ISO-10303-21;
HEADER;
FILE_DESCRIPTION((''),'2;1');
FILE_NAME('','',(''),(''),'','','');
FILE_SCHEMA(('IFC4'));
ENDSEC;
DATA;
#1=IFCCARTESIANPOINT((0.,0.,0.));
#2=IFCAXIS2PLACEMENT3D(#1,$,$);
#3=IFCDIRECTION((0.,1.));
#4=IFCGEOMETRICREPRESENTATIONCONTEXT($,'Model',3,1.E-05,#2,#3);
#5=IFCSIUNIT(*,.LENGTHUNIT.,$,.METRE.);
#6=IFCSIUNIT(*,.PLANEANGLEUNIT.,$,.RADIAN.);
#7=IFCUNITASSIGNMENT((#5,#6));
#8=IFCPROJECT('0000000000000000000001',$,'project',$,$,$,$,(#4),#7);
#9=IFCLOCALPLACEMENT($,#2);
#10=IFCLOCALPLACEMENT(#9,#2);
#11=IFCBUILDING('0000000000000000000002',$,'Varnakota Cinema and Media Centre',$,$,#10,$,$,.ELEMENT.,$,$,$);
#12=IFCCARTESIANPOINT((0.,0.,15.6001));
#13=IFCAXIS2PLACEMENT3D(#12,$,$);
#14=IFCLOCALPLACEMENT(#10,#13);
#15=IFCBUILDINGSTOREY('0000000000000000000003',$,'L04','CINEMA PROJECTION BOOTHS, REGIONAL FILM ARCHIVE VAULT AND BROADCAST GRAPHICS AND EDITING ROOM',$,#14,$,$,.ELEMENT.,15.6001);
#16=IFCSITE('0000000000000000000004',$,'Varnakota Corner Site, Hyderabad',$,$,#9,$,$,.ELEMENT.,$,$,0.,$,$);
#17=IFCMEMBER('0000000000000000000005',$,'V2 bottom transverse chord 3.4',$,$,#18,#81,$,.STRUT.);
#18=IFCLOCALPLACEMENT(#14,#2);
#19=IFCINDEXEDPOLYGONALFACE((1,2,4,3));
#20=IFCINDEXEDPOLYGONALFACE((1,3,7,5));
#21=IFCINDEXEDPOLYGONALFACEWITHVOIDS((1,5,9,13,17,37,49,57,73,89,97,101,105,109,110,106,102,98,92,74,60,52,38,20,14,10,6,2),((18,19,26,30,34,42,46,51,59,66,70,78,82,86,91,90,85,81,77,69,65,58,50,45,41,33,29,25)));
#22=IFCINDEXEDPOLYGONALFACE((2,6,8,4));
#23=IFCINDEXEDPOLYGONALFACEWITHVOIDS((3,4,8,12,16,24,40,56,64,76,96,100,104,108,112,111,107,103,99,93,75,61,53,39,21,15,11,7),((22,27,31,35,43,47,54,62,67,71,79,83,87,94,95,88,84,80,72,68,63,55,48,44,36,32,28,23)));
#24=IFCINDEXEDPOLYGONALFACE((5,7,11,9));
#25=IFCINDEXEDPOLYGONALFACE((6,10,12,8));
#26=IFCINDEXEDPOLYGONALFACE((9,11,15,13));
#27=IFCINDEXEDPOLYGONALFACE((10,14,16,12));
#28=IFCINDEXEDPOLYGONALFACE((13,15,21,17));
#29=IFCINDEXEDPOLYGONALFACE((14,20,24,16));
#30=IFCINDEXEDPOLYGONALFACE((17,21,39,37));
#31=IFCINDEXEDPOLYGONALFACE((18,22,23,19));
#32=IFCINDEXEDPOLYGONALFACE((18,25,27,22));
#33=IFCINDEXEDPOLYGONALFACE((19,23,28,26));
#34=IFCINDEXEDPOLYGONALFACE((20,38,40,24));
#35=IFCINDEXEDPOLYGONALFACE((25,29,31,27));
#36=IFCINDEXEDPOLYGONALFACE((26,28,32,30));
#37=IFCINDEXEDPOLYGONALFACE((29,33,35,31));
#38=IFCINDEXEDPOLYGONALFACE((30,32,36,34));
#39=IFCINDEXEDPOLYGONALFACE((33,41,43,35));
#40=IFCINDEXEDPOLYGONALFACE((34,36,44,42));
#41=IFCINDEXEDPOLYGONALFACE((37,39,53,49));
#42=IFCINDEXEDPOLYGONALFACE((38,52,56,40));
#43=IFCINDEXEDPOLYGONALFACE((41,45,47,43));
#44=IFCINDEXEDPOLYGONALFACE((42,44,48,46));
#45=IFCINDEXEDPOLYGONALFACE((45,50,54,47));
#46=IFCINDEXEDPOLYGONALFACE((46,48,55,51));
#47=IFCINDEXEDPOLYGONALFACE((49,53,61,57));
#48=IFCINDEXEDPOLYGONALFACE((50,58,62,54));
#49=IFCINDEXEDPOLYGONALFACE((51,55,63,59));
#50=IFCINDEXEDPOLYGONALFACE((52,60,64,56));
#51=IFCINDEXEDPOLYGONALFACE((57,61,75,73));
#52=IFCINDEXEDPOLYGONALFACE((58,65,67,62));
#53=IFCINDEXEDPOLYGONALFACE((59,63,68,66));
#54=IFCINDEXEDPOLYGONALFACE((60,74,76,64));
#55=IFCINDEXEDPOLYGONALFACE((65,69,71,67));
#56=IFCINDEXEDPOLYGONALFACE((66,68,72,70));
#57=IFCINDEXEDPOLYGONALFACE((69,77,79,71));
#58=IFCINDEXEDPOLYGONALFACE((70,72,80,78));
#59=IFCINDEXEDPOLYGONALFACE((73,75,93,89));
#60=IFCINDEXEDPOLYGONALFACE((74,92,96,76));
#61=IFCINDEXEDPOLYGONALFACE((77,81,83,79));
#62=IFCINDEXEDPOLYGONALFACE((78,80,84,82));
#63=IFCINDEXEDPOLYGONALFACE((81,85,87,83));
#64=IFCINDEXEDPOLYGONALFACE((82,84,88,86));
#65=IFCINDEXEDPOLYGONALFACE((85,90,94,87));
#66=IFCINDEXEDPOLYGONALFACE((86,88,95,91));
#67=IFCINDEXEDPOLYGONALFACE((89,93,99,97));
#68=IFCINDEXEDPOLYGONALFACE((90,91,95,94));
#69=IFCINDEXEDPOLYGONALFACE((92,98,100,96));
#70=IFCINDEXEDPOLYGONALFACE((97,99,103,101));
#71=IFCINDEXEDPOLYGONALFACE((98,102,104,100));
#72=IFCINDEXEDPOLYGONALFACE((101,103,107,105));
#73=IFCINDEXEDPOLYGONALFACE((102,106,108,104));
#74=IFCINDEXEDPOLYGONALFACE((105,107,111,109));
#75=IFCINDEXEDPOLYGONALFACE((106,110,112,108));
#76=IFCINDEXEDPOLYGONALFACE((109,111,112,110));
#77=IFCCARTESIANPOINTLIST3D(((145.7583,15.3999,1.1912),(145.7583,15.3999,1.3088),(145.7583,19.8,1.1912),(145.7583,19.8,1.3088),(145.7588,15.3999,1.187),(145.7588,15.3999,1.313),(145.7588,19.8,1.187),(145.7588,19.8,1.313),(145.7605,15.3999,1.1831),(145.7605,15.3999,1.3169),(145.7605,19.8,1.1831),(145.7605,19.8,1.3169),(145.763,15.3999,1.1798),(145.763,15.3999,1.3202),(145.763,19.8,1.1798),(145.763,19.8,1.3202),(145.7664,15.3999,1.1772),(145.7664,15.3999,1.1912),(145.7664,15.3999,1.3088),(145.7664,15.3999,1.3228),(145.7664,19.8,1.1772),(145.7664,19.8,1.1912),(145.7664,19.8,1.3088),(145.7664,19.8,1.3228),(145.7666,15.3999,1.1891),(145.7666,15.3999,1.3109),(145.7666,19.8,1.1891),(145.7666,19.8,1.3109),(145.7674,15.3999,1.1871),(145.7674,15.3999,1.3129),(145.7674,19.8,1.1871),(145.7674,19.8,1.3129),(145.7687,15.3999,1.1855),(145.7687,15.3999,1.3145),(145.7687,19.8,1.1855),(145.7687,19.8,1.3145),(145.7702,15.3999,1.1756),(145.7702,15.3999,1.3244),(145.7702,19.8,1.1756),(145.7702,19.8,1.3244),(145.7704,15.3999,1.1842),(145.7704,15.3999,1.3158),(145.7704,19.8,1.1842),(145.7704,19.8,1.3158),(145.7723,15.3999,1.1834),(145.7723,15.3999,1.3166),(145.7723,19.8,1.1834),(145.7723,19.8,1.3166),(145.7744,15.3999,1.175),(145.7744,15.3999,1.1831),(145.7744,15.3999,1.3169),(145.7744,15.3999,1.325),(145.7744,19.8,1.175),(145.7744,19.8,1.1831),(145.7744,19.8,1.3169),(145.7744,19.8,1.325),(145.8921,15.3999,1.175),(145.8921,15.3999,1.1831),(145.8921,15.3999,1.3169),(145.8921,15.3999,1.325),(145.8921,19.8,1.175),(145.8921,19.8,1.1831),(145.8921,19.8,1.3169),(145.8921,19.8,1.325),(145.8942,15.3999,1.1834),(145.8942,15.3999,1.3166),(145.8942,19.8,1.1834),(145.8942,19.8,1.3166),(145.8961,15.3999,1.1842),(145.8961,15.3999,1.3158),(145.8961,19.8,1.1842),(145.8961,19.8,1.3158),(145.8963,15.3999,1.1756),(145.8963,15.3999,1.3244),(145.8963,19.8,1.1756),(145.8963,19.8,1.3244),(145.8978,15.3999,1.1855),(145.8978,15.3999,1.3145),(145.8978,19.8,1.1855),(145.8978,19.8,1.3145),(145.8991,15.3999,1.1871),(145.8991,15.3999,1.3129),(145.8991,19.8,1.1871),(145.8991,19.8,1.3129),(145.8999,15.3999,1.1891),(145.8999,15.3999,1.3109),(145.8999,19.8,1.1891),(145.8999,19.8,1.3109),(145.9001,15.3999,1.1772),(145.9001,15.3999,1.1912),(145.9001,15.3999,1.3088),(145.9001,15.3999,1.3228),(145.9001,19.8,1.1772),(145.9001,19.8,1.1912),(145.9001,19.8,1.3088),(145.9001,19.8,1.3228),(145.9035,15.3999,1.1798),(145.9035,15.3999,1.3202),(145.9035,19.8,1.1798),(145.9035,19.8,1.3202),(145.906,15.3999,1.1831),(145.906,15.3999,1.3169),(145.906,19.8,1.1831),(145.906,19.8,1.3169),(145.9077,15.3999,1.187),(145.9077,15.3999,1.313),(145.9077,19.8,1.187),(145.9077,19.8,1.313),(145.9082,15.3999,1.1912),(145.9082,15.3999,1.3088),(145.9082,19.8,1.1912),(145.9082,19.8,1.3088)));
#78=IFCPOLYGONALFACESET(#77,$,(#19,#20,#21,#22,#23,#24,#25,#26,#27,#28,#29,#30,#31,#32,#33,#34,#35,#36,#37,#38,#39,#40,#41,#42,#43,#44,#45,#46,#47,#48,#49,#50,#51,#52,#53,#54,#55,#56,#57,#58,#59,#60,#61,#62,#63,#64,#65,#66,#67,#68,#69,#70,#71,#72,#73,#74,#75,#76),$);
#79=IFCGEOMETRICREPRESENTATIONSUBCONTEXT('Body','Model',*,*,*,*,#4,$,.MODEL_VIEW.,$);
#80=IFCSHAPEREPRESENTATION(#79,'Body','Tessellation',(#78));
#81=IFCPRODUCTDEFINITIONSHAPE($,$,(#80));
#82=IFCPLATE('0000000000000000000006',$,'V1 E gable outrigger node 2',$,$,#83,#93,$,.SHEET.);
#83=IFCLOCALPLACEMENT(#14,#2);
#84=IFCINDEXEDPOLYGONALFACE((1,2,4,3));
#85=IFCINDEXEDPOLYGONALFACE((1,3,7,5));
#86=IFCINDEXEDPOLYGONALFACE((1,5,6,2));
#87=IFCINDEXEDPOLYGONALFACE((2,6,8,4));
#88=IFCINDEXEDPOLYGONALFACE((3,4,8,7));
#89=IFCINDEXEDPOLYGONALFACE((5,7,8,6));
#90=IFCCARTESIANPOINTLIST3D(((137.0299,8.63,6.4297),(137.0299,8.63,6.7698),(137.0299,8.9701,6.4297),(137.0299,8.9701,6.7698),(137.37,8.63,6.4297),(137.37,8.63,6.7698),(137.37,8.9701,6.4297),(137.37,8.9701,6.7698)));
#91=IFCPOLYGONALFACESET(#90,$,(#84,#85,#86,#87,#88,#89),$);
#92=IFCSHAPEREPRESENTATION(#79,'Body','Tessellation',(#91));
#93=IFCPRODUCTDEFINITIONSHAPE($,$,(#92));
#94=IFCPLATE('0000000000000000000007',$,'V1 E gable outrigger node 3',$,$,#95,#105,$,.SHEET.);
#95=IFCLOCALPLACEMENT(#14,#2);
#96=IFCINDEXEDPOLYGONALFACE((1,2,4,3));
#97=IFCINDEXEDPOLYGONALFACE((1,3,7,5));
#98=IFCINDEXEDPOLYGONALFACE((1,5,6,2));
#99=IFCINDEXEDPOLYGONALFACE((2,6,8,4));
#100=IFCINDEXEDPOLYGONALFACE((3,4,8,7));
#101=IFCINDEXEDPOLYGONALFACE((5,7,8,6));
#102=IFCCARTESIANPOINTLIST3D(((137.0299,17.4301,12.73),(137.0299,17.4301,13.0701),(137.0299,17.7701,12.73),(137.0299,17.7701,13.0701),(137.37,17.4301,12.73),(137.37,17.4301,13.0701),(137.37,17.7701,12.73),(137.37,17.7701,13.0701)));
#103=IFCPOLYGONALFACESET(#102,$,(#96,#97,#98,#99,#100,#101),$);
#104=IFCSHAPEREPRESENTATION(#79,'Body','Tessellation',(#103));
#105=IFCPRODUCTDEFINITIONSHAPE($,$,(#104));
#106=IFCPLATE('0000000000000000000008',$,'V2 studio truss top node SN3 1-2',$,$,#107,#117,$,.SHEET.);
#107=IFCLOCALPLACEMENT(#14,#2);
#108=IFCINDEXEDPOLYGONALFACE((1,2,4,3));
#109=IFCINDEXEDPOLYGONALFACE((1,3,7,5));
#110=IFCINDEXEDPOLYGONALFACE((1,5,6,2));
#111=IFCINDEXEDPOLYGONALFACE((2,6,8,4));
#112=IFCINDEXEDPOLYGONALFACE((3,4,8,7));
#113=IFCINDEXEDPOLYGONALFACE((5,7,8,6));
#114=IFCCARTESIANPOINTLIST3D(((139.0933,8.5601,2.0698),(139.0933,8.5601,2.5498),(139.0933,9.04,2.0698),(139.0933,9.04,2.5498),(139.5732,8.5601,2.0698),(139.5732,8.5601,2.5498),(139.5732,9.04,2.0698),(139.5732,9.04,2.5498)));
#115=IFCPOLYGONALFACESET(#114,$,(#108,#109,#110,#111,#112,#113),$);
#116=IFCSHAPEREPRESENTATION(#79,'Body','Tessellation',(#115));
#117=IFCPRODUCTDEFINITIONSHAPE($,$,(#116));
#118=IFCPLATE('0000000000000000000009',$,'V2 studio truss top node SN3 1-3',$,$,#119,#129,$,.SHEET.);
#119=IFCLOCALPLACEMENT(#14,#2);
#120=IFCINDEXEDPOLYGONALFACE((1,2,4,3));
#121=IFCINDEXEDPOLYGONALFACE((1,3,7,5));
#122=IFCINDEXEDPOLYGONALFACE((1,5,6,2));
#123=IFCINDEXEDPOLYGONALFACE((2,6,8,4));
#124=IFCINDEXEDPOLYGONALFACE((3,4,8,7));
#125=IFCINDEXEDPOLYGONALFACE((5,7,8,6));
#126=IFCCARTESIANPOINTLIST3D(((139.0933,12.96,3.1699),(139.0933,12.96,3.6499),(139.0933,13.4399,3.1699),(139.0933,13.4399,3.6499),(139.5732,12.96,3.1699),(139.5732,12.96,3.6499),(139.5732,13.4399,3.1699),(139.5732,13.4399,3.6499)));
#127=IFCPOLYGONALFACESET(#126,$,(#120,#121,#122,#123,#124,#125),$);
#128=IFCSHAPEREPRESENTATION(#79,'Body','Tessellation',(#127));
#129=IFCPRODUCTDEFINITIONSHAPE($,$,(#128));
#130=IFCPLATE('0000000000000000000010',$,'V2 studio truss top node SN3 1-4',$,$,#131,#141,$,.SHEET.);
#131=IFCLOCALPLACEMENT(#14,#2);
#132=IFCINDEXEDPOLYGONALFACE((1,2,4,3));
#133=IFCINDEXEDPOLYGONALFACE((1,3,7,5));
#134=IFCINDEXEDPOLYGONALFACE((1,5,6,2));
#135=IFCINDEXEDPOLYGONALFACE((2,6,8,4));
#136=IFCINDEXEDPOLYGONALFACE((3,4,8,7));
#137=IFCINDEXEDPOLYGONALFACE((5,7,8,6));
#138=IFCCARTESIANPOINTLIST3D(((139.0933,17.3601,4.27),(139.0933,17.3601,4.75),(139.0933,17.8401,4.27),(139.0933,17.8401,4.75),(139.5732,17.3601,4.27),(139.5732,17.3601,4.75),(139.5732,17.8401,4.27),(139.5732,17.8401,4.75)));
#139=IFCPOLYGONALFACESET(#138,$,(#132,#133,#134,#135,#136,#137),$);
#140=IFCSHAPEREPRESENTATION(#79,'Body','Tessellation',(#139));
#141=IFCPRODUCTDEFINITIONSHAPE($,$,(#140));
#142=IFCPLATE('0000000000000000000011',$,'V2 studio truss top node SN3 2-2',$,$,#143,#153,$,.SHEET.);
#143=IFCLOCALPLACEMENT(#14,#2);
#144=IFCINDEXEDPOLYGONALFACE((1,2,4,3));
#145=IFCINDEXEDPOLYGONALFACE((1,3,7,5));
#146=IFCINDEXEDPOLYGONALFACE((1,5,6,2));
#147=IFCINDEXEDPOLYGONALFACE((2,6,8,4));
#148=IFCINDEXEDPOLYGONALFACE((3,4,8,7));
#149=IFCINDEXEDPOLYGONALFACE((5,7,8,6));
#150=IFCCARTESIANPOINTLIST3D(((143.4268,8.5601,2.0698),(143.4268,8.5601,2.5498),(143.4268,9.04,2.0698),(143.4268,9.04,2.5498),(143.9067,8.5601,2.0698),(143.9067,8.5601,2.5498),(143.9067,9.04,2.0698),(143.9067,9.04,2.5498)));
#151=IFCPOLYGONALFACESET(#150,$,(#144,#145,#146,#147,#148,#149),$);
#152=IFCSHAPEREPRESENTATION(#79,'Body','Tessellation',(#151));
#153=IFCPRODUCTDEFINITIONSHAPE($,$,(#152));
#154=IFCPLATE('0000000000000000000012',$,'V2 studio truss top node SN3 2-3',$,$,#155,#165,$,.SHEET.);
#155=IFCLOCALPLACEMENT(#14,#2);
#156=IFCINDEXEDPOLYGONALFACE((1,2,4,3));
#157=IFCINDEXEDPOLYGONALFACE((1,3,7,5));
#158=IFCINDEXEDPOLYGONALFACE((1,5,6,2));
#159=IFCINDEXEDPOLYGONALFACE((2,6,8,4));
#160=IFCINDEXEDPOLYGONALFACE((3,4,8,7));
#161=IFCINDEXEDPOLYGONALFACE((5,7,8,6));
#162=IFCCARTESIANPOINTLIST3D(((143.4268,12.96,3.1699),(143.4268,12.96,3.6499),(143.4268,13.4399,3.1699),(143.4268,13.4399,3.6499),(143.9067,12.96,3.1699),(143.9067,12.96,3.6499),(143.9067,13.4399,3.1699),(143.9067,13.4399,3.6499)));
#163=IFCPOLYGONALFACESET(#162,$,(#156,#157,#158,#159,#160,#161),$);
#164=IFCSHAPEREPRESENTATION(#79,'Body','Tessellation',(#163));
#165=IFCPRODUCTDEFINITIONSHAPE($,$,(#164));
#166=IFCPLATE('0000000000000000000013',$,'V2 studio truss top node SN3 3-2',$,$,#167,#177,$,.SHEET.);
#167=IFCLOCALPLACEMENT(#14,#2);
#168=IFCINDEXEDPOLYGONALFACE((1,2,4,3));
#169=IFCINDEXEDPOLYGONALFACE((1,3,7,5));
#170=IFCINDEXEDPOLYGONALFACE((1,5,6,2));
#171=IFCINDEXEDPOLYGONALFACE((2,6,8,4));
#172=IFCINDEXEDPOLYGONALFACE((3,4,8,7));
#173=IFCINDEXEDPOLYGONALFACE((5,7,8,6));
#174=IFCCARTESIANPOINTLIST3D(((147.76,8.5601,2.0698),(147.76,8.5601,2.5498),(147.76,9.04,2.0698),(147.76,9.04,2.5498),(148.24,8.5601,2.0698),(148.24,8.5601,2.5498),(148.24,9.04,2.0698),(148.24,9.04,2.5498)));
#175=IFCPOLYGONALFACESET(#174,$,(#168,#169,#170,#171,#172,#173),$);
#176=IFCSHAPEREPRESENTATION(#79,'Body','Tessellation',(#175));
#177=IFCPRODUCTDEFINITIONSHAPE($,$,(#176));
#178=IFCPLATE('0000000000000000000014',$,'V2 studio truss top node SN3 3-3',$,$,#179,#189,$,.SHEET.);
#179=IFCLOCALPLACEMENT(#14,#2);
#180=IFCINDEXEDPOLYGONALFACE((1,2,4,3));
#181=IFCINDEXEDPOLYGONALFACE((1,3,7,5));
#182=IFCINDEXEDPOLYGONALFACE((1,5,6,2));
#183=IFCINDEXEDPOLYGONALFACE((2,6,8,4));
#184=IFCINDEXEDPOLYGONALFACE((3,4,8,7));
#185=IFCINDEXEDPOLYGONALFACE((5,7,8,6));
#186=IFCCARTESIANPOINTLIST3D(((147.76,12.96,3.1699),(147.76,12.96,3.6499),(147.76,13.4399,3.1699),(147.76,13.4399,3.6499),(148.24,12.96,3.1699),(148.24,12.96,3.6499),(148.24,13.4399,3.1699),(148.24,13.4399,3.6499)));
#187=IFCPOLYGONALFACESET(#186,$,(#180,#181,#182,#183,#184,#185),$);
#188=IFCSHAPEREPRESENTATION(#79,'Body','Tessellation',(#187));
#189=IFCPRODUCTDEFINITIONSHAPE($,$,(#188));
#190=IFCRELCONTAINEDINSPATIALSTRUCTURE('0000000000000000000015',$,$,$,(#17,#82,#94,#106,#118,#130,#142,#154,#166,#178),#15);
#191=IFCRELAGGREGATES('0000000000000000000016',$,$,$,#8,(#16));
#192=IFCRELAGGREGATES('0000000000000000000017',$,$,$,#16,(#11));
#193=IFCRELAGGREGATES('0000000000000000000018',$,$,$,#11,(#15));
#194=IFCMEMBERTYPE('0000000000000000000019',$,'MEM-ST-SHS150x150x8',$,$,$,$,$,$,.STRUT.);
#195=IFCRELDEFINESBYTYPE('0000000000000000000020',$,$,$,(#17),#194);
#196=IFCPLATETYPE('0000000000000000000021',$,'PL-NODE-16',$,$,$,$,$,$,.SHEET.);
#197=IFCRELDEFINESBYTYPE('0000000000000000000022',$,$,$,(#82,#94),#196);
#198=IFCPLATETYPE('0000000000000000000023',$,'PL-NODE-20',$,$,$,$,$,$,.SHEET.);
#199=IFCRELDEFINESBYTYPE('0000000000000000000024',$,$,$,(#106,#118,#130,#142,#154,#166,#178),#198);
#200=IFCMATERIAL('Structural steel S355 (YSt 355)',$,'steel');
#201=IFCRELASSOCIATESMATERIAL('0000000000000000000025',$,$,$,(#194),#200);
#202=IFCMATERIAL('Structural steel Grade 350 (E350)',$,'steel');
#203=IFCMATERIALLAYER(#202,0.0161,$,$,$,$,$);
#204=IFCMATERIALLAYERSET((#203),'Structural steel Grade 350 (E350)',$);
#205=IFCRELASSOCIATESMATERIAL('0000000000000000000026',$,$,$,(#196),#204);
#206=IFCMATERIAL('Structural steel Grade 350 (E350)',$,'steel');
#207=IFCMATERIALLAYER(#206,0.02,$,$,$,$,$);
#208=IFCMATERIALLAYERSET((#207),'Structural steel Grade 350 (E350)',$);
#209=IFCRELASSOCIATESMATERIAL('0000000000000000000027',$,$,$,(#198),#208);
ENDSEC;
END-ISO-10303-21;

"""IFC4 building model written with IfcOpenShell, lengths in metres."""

from ifc_helpers import new_model, si_unit, direction, frame, origin, origin_2d, place, context, subcontext, project, spatial, rectangle, hollow_rectangle, extrude, material, layer, layer_set, material_profile, profile_set, type_object, element, save


model = new_model("IFC4")

# Units and contexts
model_context = context("Model", 3, precision=1e-05, world=origin(), true_north=direction((0.0, 1.0)))
body_context = subcontext(model_context, "Body", "Model", "MODEL_VIEW")
ifc_project = project(units=[si_unit("LENGTHUNIT", "METRE"), si_unit("PLANEANGLEUNIT", "RADIAN")], contexts=[model_context])

# Site, building, storey
site_placement = place(None, origin())
site = spatial("IfcSite", under=ifc_project, at=site_placement, Name="Varnakota Corner Site, Hyderabad", CompositionType="ELEMENT", RefElevation=0.0)
building_placement = place(site_placement, origin())
building = spatial("IfcBuilding", under=site, at=building_placement, Name="Varnakota Cinema and Media Centre", CompositionType="ELEMENT")
storey_placement = place(building_placement, frame((0.0, 0.0, 15.6001)))
storey = spatial("IfcBuildingStorey", under=building, at=storey_placement, Name="L04", Description="CINEMA PROJECTION BOOTHS, REGIONAL FILM ARCHIVE VAULT AND BROADCAST GRAPHICS AND EDITING ROOM", CompositionType="ELEMENT", Elevation=15.6001)

# Member
ifc_material_1 = material(Name="Structural steel S355 (YSt 355)", Category="steel")
ifc_material_profile_1 = material_profile(ifc_material_1, hollow_rectangle(XDim=0.1499, YDim=0.1499, WallThickness=0.0081, InnerFilletRadius=0.0081, OuterFilletRadius=0.0161, at=origin_2d()), Name="SHS 150x150x8")
ifc_profile_set_1 = profile_set([ifc_material_profile_1], Name="Structural steel S355 (YSt 355)")
member_type_1 = type_object("IfcMemberType", Name="MEM-ST-SHS150x150x8", PredefinedType="STRUT", material=ifc_profile_set_1)
member_1_placement = place(storey_placement, frame((145.8333, 15.3999, 1.25), z_axis=(0.0, 1.0, 0.0), x_axis=(-1.0, 0.0, 0.0)))
element("IfcMember", 1, at=member_1_placement, inside=storey, type_object=member_type_1, Name="V2 bottom transverse chord 3.4", PredefinedType="STRUT", context=body_context, shape_type="SweptSolid", body=[
    extrude(hollow_rectangle(XDim=0.1499, YDim=0.1499, WallThickness=0.0081, InnerFilletRadius=0.0081, OuterFilletRadius=0.0161, at=origin_2d()), origin(), (0.0, 0.0, 1.0), 4.4001),
])

# Plates
ifc_material_2 = material(Name="Structural steel Grade 350 (E350)", Category="steel")
ifc_layer_1 = layer(ifc_material_2, 0.0161)
ifc_layer_set_1 = layer_set([ifc_layer_1], Name="Structural steel Grade 350 (E350)")
plate_type_1 = type_object("IfcPlateType", Name="PL-NODE-16", PredefinedType="SHEET", material=ifc_layer_set_1)
for number, where, z_axis, x_axis, name in (
    (2, (137.2, 8.8, 6.4297), (0.0, 0.0, 1.0), (1.0, 0.0, 0.0), "V1 E gable outrigger node 2"),
    (3, (137.2, 17.6001, 12.73), (0.0, 0.0, 1.0), (1.0, 0.0, 0.0), "V1 E gable outrigger node 3"),
):
    element("IfcPlate", number, at=place(storey_placement, frame(where, z_axis=z_axis, x_axis=x_axis)), inside=storey, type_object=plate_type_1, Name=name, PredefinedType="SHEET", context=body_context, shape_type="SweptSolid", body=[
        extrude(rectangle(XDim=0.3401, YDim=0.3401, at=origin_2d()), origin(), (0.0, 0.0, 1.0), 0.3401),
    ])
ifc_material_3 = material(Name="Structural steel Grade 350 (E350)", Category="steel")
ifc_layer_2 = layer(ifc_material_3, 0.02)
ifc_layer_set_2 = layer_set([ifc_layer_2], Name="Structural steel Grade 350 (E350)")
plate_type_2 = type_object("IfcPlateType", Name="PL-NODE-20", PredefinedType="SHEET", material=ifc_layer_set_2)
for number, where, z_axis, x_axis, name in (
    (4, (139.3333, 8.8, 2.0698), (0.0, 0.0, 1.0), (1.0, 0.0, 0.0), "V2 studio truss top node SN3 1-2"),
    (5, (139.3333, 13.2, 3.1699), (0.0, 0.0, 1.0), (1.0, 0.0, 0.0), "V2 studio truss top node SN3 1-3"),
    (6, (139.3333, 17.6001, 4.27), (0.0, 0.0, 1.0), (1.0, 0.0, 0.0), "V2 studio truss top node SN3 1-4"),
    (7, (143.6667, 8.8, 2.0698), (0.0, 0.0, 1.0), (1.0, 0.0, 0.0), "V2 studio truss top node SN3 2-2"),
    (8, (143.6667, 13.2, 3.1699), (0.0, 0.0, 1.0), (1.0, 0.0, 0.0), "V2 studio truss top node SN3 2-3"),
    (9, (148.0, 8.8, 2.0698), (0.0, 0.0, 1.0), (1.0, 0.0, 0.0), "V2 studio truss top node SN3 3-2"),
    (10, (148.0, 13.2, 3.1699), (0.0, 0.0, 1.0), (1.0, 0.0, 0.0), "V2 studio truss top node SN3 3-3"),
):
    element("IfcPlate", number, at=place(storey_placement, frame(where, z_axis=z_axis, x_axis=x_axis)), inside=storey, type_object=plate_type_2, Name=name, PredefinedType="SHEET", context=body_context, shape_type="SweptSolid", body=[
        extrude(rectangle(XDim=0.48, YDim=0.48, at=origin_2d()), origin(), (0.0, 0.0, 1.0), 0.48),
    ])

save(model, "model.ifc")
